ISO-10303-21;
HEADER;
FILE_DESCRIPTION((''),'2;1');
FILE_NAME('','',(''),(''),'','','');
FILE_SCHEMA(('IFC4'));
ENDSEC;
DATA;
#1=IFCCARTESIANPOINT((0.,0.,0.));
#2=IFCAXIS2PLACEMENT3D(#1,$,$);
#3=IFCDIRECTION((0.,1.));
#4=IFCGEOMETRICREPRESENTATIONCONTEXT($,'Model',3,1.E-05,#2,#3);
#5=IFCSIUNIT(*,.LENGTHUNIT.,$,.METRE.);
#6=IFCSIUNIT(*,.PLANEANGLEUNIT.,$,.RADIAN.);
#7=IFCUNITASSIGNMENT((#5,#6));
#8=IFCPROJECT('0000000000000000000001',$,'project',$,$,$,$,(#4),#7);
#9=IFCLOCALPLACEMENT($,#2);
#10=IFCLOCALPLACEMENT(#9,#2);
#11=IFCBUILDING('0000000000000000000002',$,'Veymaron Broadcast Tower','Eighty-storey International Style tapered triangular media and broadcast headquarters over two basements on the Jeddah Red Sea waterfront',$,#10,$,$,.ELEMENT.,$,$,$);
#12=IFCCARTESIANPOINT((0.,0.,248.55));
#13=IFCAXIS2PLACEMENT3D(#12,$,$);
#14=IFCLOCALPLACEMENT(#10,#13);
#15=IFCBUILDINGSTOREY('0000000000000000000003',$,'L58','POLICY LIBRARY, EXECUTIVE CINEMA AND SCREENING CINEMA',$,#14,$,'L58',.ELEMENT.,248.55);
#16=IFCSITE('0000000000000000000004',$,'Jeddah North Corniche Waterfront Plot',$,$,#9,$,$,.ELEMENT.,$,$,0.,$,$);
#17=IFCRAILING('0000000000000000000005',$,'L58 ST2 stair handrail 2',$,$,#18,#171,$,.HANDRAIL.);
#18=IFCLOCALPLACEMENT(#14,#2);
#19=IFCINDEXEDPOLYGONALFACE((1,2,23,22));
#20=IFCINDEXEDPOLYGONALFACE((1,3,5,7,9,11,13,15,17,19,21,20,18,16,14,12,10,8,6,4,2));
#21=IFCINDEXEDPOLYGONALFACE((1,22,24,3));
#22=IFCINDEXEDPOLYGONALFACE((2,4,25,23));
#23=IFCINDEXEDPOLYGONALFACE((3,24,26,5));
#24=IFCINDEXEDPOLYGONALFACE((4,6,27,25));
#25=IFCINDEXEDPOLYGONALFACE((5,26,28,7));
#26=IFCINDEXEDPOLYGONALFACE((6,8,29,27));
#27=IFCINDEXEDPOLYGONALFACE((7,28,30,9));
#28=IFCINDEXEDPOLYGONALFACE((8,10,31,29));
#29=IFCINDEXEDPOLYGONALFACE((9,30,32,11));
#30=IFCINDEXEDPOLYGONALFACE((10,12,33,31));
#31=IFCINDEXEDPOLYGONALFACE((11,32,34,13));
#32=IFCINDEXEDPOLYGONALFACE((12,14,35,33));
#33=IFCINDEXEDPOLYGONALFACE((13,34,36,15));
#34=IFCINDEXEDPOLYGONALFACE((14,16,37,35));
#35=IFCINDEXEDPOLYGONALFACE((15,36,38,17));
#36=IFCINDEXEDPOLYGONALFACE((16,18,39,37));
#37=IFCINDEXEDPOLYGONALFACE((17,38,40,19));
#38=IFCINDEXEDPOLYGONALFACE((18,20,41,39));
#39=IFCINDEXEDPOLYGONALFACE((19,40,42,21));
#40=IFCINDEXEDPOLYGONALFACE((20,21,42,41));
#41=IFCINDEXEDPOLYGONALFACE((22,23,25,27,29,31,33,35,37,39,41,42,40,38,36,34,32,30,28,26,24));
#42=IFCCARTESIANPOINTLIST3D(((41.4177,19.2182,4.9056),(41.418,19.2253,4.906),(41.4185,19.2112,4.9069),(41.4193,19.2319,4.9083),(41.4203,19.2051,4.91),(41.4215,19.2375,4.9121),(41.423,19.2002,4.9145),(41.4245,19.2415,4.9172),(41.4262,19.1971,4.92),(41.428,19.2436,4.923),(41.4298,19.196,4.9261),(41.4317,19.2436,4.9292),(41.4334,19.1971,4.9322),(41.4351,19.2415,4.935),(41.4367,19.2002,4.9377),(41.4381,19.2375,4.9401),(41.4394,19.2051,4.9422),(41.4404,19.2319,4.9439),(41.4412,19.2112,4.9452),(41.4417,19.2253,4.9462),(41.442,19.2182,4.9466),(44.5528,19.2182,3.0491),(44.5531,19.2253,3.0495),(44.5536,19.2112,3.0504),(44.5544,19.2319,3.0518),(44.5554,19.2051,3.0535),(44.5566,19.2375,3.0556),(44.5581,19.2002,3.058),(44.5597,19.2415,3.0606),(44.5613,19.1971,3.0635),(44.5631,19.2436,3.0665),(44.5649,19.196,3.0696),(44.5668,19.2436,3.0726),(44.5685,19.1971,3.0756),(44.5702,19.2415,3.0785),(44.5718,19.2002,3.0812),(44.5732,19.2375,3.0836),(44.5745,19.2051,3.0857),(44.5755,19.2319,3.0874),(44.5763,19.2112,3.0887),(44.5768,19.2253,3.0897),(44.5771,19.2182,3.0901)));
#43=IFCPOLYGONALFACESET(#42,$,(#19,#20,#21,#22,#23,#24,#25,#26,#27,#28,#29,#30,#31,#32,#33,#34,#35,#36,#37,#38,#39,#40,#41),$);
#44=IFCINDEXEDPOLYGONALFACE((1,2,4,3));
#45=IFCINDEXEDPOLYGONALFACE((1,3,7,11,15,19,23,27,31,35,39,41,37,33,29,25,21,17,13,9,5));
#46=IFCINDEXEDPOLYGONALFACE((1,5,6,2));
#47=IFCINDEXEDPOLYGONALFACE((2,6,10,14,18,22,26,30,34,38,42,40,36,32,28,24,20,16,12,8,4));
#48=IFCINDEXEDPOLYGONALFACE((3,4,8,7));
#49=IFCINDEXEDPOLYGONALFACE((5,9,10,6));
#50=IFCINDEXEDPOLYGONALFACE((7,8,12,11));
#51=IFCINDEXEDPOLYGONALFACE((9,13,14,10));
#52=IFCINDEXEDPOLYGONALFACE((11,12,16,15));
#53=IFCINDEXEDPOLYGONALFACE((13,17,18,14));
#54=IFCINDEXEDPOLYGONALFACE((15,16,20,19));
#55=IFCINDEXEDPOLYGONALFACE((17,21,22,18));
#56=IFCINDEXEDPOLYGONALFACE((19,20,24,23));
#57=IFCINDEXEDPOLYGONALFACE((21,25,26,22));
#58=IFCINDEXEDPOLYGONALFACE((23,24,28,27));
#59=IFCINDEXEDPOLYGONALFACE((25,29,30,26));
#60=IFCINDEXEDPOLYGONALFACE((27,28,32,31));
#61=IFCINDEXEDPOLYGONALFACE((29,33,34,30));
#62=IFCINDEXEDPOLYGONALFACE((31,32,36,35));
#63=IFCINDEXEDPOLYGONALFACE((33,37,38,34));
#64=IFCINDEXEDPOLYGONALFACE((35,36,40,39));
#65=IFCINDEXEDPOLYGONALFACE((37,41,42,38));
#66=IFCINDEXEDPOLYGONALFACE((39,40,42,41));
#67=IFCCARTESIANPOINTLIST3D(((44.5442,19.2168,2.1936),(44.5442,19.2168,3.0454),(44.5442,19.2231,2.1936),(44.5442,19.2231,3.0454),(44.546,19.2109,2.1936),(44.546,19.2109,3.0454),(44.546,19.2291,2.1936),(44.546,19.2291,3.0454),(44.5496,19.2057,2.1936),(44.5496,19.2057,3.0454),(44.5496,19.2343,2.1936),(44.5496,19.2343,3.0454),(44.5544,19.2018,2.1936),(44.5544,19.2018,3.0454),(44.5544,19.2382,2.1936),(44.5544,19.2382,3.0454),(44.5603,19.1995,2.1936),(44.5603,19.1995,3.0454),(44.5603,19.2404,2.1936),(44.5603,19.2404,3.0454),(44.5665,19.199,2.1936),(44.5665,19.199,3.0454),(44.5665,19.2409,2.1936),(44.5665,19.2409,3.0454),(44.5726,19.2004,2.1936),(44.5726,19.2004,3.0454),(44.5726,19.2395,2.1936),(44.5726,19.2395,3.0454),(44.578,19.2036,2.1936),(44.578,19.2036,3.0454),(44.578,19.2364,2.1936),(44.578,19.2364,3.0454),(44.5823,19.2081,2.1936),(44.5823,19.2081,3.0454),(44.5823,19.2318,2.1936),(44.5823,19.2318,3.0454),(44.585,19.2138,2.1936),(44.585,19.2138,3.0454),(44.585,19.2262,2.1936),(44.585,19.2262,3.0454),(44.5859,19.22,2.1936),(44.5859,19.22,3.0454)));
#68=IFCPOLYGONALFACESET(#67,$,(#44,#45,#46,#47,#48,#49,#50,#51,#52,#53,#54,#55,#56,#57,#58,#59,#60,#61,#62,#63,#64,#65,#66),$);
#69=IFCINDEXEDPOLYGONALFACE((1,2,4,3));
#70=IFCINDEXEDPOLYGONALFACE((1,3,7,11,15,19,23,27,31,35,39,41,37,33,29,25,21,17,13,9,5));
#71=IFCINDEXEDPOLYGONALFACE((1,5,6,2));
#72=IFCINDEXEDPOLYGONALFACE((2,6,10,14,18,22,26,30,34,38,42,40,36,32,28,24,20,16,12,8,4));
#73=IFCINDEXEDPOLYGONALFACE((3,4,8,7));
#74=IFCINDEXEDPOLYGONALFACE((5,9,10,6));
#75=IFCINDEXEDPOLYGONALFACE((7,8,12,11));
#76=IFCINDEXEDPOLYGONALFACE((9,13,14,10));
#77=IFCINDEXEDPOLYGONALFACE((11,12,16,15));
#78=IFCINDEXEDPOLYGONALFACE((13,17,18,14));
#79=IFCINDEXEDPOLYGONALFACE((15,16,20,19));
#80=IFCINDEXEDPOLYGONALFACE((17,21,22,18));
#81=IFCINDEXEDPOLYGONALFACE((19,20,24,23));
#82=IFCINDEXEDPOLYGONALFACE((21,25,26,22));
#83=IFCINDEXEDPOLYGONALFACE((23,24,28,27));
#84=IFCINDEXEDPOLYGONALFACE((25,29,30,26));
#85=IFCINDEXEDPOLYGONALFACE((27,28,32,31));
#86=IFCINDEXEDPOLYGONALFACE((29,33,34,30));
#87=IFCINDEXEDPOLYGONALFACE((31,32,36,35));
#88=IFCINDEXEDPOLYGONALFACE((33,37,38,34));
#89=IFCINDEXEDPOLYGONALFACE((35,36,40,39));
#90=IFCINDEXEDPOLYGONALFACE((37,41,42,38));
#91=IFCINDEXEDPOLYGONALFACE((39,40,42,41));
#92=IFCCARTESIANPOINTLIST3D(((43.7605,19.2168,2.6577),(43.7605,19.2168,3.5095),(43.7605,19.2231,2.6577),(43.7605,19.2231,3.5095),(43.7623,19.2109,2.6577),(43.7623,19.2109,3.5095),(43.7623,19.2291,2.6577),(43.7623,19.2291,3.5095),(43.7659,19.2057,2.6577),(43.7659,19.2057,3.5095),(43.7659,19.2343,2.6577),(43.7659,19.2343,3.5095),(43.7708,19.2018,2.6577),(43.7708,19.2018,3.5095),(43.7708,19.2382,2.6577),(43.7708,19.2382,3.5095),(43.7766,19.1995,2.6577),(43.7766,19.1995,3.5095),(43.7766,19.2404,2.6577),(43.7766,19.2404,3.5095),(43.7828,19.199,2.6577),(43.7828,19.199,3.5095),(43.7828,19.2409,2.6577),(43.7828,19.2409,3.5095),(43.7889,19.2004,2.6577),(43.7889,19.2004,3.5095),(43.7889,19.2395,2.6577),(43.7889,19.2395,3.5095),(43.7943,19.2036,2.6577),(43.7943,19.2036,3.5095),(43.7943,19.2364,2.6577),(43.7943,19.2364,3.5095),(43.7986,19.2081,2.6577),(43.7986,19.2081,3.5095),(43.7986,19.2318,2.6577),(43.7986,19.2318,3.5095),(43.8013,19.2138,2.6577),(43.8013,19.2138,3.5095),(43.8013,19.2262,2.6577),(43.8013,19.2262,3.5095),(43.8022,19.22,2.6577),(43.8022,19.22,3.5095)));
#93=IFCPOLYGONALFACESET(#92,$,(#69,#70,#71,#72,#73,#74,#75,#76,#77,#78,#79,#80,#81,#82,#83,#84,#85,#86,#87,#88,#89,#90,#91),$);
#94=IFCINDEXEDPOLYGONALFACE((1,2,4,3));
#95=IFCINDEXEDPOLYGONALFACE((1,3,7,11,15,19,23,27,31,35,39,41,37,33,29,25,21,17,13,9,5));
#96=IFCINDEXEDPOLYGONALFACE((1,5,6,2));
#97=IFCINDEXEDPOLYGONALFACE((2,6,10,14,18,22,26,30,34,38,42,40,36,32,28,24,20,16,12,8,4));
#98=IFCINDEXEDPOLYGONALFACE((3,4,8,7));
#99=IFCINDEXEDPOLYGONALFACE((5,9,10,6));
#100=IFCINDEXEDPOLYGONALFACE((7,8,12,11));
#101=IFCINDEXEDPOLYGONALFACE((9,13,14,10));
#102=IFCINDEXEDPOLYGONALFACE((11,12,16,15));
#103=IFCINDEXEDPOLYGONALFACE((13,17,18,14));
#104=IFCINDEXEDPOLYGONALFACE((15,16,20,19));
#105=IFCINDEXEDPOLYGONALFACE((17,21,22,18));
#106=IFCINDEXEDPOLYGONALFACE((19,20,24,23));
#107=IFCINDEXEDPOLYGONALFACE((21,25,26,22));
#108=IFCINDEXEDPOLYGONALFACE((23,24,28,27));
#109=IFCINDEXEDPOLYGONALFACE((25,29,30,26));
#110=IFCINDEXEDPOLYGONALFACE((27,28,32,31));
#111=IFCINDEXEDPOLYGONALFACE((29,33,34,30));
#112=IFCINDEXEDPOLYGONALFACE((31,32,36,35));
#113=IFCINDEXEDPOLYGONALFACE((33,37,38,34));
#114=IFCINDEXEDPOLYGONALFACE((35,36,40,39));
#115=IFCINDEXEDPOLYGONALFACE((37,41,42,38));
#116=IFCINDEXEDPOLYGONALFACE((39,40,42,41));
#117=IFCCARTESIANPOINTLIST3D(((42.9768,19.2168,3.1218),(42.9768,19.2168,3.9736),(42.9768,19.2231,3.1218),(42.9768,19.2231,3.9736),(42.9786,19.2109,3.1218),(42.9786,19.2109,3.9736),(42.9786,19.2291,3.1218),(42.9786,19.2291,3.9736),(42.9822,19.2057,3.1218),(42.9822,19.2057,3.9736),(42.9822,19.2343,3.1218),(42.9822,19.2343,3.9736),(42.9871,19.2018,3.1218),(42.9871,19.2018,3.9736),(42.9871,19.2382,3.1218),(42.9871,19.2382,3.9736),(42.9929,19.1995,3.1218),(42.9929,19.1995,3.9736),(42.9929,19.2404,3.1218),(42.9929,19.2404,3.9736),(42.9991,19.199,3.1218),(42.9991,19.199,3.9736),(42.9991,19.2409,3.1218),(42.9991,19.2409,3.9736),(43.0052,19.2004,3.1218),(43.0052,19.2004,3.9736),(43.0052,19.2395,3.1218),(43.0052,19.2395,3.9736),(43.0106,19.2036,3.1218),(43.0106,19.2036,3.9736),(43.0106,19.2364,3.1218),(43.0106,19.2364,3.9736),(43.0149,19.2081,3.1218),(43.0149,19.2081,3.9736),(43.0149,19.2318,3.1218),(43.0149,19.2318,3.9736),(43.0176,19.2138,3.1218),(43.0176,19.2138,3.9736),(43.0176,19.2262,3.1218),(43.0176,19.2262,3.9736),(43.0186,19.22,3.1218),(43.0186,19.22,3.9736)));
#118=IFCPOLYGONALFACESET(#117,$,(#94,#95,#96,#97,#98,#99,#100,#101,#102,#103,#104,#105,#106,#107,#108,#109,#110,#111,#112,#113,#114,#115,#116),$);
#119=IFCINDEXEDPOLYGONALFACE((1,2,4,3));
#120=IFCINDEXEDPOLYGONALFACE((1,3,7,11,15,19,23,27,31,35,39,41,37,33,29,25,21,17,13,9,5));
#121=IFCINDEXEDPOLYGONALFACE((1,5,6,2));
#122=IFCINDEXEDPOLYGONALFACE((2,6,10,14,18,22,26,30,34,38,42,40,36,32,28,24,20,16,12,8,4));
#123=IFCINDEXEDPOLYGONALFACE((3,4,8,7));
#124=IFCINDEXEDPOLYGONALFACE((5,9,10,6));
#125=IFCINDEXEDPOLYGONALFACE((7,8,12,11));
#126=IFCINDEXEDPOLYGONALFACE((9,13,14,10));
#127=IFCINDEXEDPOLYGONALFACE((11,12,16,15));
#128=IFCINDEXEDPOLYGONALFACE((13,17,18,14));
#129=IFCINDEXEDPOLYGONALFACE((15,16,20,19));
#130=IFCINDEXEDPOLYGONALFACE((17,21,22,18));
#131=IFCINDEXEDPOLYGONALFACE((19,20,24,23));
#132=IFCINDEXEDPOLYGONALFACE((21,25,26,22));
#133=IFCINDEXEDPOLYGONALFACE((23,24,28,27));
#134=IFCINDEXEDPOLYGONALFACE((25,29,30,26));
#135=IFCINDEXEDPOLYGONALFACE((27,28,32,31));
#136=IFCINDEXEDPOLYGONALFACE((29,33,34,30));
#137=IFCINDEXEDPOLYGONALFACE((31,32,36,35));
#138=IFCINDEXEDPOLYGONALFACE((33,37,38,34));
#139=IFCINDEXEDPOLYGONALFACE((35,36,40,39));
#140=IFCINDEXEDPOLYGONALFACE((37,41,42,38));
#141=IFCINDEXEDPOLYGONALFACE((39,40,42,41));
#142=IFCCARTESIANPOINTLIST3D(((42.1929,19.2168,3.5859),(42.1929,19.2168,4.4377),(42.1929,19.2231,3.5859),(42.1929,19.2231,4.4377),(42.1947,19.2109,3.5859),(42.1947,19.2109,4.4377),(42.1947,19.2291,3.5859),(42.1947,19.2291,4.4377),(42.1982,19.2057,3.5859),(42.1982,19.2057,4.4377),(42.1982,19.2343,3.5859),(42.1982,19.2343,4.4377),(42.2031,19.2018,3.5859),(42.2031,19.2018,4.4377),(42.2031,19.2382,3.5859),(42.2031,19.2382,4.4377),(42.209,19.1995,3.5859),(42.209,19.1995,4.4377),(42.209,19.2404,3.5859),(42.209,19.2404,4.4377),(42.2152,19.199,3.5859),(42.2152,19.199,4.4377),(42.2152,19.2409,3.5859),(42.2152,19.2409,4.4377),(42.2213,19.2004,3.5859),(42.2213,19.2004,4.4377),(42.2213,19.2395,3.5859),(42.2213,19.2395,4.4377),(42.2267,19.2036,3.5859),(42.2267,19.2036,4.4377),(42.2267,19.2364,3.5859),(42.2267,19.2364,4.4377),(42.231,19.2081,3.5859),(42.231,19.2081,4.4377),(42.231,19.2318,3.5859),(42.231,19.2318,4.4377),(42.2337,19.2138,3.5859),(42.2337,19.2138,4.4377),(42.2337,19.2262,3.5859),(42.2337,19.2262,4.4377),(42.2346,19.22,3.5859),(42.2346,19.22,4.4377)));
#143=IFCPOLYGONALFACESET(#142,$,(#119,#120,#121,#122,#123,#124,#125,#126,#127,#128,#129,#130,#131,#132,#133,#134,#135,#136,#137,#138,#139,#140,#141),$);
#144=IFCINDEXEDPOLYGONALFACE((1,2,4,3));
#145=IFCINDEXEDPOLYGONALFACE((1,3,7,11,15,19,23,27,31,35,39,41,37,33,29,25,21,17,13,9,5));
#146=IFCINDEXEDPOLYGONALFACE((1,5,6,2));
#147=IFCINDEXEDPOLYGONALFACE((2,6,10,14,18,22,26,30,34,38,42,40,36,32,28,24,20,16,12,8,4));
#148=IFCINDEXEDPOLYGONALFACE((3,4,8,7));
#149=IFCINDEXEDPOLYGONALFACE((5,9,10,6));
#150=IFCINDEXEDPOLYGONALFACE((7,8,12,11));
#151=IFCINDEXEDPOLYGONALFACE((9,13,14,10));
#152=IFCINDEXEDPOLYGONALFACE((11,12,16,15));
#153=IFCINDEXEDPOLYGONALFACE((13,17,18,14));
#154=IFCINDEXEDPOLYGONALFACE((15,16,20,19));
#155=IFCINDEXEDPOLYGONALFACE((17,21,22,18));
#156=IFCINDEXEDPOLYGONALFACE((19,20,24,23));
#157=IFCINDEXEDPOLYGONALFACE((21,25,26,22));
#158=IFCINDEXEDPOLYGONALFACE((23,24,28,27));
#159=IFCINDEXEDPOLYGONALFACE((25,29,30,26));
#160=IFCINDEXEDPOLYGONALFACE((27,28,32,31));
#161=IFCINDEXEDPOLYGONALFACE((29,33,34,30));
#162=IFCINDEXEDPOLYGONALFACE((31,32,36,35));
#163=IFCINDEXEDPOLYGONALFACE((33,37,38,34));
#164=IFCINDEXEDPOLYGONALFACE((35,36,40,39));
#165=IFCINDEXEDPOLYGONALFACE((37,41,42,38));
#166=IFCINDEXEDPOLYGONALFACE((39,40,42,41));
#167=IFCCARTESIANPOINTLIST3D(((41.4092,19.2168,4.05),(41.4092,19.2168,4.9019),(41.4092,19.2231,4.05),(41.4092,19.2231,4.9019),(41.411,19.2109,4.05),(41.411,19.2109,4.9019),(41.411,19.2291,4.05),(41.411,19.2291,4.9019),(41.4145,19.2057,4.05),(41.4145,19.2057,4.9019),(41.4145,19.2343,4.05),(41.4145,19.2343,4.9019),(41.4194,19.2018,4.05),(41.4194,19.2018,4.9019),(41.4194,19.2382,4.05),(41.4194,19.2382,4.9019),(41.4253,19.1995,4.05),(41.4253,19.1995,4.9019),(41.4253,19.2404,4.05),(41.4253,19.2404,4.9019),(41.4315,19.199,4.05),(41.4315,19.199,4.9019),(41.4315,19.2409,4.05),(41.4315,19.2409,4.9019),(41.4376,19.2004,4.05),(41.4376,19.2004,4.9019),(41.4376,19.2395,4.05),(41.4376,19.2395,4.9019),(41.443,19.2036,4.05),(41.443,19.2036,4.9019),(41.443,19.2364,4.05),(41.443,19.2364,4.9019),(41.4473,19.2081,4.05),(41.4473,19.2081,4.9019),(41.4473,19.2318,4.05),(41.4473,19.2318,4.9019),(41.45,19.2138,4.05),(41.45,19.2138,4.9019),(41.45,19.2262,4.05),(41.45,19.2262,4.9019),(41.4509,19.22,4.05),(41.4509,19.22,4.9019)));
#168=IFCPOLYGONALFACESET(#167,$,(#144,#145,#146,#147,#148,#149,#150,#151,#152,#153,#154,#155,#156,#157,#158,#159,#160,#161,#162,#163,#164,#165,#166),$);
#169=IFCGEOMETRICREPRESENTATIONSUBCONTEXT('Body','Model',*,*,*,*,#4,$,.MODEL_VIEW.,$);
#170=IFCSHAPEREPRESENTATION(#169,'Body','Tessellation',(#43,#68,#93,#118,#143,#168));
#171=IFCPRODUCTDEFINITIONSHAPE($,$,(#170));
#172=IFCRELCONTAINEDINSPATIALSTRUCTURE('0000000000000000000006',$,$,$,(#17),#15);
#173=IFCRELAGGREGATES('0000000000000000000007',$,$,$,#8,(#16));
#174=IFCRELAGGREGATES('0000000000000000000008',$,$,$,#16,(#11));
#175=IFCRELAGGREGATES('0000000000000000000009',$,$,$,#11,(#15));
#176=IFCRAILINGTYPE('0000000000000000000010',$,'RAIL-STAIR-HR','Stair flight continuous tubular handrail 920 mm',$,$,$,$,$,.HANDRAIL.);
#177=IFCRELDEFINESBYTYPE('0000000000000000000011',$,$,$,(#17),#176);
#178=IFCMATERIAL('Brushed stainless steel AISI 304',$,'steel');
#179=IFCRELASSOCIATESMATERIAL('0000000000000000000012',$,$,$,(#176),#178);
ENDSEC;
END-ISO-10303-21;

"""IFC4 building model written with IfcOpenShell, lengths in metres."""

from ifc_helpers import new_model, si_unit, direction, frame, origin, origin_2d, place, context, subcontext, project, spatial, circle, extrude, material, type_object, element, save


model = new_model("IFC4")

# Units and contexts
model_context = context("Model", 3, precision=1e-05, world=origin(), true_north=direction((0.0, 1.0)))
body_context = subcontext(model_context, "Body", "Model", "MODEL_VIEW")
ifc_project = project(units=[si_unit("LENGTHUNIT", "METRE"), si_unit("PLANEANGLEUNIT", "RADIAN")], contexts=[model_context])

# Site, building, storey
site_placement = place(None, origin())
site = spatial("IfcSite", under=ifc_project, at=site_placement, Name="Jeddah North Corniche Waterfront Plot", CompositionType="ELEMENT", RefElevation=0.0)
building_placement = place(site_placement, origin())
building = spatial("IfcBuilding", under=site, at=building_placement, Name="Veymaron Broadcast Tower", Description="Eighty-storey International Style tapered triangular media and broadcast headquarters over two basements on the Jeddah Red Sea waterfront", CompositionType="ELEMENT")
storey_placement = place(building_placement, frame((0.0, 0.0, 248.55)))
storey = spatial("IfcBuildingStorey", under=building, at=storey_placement, Name="L58", Description="POLICY LIBRARY, EXECUTIVE CINEMA AND SCREENING CINEMA", LongName="L58", CompositionType="ELEMENT", Elevation=248.55)

# Shared definitions
ifc_material_1 = material(Name="Brushed stainless steel AISI 304", Category="steel")

# Railing
railing_type_1 = type_object("IfcRailingType", Name="RAIL-STAIR-HR", Description="Stair flight continuous tubular handrail 920 mm", PredefinedType="HANDRAIL", material=ifc_material_1)
railing_1_placement = place(storey_placement, frame((44.5649, 19.22, 2.1936)))
element("IfcRailing", 1, at=railing_1_placement, inside=storey, type_object=railing_type_1, Name="L58 ST2 stair handrail 2", PredefinedType="HANDRAIL", context=body_context, shape_type="SweptSolid", body=[
    extrude(circle(Radius=0.0239, at=origin_2d()), frame((0.0, 0.0, 0.876), z_axis=(-0.860453, 0.0, 0.509531), x_axis=(0.0, -1.0, 0.0)), (0.0, 0.0, 1.0), 3.6436),
    extrude(circle(Radius=0.021, at=origin_2d()), origin(), (0.0, 0.0, 1.0), 0.8518),
    extrude(circle(Radius=0.021, at=origin_2d()), frame((-0.7837, 0.0, 0.4641)), (0.0, 0.0, 1.0), 0.8518),
    extrude(circle(Radius=0.021, at=origin_2d()), frame((-1.5674, 0.0, 0.9282)), (0.0, 0.0, 1.0), 0.8518),
    extrude(circle(Radius=0.021, at=origin_2d()), frame((-2.3513, 0.0, 1.3923)), (0.0, 0.0, 1.0), 0.8518),
    extrude(circle(Radius=0.021, at=origin_2d()), frame((-3.135, 0.0, 1.8564)), (0.0, 0.0, 1.0), 0.8518),
])

save(model, "model.ifc")
